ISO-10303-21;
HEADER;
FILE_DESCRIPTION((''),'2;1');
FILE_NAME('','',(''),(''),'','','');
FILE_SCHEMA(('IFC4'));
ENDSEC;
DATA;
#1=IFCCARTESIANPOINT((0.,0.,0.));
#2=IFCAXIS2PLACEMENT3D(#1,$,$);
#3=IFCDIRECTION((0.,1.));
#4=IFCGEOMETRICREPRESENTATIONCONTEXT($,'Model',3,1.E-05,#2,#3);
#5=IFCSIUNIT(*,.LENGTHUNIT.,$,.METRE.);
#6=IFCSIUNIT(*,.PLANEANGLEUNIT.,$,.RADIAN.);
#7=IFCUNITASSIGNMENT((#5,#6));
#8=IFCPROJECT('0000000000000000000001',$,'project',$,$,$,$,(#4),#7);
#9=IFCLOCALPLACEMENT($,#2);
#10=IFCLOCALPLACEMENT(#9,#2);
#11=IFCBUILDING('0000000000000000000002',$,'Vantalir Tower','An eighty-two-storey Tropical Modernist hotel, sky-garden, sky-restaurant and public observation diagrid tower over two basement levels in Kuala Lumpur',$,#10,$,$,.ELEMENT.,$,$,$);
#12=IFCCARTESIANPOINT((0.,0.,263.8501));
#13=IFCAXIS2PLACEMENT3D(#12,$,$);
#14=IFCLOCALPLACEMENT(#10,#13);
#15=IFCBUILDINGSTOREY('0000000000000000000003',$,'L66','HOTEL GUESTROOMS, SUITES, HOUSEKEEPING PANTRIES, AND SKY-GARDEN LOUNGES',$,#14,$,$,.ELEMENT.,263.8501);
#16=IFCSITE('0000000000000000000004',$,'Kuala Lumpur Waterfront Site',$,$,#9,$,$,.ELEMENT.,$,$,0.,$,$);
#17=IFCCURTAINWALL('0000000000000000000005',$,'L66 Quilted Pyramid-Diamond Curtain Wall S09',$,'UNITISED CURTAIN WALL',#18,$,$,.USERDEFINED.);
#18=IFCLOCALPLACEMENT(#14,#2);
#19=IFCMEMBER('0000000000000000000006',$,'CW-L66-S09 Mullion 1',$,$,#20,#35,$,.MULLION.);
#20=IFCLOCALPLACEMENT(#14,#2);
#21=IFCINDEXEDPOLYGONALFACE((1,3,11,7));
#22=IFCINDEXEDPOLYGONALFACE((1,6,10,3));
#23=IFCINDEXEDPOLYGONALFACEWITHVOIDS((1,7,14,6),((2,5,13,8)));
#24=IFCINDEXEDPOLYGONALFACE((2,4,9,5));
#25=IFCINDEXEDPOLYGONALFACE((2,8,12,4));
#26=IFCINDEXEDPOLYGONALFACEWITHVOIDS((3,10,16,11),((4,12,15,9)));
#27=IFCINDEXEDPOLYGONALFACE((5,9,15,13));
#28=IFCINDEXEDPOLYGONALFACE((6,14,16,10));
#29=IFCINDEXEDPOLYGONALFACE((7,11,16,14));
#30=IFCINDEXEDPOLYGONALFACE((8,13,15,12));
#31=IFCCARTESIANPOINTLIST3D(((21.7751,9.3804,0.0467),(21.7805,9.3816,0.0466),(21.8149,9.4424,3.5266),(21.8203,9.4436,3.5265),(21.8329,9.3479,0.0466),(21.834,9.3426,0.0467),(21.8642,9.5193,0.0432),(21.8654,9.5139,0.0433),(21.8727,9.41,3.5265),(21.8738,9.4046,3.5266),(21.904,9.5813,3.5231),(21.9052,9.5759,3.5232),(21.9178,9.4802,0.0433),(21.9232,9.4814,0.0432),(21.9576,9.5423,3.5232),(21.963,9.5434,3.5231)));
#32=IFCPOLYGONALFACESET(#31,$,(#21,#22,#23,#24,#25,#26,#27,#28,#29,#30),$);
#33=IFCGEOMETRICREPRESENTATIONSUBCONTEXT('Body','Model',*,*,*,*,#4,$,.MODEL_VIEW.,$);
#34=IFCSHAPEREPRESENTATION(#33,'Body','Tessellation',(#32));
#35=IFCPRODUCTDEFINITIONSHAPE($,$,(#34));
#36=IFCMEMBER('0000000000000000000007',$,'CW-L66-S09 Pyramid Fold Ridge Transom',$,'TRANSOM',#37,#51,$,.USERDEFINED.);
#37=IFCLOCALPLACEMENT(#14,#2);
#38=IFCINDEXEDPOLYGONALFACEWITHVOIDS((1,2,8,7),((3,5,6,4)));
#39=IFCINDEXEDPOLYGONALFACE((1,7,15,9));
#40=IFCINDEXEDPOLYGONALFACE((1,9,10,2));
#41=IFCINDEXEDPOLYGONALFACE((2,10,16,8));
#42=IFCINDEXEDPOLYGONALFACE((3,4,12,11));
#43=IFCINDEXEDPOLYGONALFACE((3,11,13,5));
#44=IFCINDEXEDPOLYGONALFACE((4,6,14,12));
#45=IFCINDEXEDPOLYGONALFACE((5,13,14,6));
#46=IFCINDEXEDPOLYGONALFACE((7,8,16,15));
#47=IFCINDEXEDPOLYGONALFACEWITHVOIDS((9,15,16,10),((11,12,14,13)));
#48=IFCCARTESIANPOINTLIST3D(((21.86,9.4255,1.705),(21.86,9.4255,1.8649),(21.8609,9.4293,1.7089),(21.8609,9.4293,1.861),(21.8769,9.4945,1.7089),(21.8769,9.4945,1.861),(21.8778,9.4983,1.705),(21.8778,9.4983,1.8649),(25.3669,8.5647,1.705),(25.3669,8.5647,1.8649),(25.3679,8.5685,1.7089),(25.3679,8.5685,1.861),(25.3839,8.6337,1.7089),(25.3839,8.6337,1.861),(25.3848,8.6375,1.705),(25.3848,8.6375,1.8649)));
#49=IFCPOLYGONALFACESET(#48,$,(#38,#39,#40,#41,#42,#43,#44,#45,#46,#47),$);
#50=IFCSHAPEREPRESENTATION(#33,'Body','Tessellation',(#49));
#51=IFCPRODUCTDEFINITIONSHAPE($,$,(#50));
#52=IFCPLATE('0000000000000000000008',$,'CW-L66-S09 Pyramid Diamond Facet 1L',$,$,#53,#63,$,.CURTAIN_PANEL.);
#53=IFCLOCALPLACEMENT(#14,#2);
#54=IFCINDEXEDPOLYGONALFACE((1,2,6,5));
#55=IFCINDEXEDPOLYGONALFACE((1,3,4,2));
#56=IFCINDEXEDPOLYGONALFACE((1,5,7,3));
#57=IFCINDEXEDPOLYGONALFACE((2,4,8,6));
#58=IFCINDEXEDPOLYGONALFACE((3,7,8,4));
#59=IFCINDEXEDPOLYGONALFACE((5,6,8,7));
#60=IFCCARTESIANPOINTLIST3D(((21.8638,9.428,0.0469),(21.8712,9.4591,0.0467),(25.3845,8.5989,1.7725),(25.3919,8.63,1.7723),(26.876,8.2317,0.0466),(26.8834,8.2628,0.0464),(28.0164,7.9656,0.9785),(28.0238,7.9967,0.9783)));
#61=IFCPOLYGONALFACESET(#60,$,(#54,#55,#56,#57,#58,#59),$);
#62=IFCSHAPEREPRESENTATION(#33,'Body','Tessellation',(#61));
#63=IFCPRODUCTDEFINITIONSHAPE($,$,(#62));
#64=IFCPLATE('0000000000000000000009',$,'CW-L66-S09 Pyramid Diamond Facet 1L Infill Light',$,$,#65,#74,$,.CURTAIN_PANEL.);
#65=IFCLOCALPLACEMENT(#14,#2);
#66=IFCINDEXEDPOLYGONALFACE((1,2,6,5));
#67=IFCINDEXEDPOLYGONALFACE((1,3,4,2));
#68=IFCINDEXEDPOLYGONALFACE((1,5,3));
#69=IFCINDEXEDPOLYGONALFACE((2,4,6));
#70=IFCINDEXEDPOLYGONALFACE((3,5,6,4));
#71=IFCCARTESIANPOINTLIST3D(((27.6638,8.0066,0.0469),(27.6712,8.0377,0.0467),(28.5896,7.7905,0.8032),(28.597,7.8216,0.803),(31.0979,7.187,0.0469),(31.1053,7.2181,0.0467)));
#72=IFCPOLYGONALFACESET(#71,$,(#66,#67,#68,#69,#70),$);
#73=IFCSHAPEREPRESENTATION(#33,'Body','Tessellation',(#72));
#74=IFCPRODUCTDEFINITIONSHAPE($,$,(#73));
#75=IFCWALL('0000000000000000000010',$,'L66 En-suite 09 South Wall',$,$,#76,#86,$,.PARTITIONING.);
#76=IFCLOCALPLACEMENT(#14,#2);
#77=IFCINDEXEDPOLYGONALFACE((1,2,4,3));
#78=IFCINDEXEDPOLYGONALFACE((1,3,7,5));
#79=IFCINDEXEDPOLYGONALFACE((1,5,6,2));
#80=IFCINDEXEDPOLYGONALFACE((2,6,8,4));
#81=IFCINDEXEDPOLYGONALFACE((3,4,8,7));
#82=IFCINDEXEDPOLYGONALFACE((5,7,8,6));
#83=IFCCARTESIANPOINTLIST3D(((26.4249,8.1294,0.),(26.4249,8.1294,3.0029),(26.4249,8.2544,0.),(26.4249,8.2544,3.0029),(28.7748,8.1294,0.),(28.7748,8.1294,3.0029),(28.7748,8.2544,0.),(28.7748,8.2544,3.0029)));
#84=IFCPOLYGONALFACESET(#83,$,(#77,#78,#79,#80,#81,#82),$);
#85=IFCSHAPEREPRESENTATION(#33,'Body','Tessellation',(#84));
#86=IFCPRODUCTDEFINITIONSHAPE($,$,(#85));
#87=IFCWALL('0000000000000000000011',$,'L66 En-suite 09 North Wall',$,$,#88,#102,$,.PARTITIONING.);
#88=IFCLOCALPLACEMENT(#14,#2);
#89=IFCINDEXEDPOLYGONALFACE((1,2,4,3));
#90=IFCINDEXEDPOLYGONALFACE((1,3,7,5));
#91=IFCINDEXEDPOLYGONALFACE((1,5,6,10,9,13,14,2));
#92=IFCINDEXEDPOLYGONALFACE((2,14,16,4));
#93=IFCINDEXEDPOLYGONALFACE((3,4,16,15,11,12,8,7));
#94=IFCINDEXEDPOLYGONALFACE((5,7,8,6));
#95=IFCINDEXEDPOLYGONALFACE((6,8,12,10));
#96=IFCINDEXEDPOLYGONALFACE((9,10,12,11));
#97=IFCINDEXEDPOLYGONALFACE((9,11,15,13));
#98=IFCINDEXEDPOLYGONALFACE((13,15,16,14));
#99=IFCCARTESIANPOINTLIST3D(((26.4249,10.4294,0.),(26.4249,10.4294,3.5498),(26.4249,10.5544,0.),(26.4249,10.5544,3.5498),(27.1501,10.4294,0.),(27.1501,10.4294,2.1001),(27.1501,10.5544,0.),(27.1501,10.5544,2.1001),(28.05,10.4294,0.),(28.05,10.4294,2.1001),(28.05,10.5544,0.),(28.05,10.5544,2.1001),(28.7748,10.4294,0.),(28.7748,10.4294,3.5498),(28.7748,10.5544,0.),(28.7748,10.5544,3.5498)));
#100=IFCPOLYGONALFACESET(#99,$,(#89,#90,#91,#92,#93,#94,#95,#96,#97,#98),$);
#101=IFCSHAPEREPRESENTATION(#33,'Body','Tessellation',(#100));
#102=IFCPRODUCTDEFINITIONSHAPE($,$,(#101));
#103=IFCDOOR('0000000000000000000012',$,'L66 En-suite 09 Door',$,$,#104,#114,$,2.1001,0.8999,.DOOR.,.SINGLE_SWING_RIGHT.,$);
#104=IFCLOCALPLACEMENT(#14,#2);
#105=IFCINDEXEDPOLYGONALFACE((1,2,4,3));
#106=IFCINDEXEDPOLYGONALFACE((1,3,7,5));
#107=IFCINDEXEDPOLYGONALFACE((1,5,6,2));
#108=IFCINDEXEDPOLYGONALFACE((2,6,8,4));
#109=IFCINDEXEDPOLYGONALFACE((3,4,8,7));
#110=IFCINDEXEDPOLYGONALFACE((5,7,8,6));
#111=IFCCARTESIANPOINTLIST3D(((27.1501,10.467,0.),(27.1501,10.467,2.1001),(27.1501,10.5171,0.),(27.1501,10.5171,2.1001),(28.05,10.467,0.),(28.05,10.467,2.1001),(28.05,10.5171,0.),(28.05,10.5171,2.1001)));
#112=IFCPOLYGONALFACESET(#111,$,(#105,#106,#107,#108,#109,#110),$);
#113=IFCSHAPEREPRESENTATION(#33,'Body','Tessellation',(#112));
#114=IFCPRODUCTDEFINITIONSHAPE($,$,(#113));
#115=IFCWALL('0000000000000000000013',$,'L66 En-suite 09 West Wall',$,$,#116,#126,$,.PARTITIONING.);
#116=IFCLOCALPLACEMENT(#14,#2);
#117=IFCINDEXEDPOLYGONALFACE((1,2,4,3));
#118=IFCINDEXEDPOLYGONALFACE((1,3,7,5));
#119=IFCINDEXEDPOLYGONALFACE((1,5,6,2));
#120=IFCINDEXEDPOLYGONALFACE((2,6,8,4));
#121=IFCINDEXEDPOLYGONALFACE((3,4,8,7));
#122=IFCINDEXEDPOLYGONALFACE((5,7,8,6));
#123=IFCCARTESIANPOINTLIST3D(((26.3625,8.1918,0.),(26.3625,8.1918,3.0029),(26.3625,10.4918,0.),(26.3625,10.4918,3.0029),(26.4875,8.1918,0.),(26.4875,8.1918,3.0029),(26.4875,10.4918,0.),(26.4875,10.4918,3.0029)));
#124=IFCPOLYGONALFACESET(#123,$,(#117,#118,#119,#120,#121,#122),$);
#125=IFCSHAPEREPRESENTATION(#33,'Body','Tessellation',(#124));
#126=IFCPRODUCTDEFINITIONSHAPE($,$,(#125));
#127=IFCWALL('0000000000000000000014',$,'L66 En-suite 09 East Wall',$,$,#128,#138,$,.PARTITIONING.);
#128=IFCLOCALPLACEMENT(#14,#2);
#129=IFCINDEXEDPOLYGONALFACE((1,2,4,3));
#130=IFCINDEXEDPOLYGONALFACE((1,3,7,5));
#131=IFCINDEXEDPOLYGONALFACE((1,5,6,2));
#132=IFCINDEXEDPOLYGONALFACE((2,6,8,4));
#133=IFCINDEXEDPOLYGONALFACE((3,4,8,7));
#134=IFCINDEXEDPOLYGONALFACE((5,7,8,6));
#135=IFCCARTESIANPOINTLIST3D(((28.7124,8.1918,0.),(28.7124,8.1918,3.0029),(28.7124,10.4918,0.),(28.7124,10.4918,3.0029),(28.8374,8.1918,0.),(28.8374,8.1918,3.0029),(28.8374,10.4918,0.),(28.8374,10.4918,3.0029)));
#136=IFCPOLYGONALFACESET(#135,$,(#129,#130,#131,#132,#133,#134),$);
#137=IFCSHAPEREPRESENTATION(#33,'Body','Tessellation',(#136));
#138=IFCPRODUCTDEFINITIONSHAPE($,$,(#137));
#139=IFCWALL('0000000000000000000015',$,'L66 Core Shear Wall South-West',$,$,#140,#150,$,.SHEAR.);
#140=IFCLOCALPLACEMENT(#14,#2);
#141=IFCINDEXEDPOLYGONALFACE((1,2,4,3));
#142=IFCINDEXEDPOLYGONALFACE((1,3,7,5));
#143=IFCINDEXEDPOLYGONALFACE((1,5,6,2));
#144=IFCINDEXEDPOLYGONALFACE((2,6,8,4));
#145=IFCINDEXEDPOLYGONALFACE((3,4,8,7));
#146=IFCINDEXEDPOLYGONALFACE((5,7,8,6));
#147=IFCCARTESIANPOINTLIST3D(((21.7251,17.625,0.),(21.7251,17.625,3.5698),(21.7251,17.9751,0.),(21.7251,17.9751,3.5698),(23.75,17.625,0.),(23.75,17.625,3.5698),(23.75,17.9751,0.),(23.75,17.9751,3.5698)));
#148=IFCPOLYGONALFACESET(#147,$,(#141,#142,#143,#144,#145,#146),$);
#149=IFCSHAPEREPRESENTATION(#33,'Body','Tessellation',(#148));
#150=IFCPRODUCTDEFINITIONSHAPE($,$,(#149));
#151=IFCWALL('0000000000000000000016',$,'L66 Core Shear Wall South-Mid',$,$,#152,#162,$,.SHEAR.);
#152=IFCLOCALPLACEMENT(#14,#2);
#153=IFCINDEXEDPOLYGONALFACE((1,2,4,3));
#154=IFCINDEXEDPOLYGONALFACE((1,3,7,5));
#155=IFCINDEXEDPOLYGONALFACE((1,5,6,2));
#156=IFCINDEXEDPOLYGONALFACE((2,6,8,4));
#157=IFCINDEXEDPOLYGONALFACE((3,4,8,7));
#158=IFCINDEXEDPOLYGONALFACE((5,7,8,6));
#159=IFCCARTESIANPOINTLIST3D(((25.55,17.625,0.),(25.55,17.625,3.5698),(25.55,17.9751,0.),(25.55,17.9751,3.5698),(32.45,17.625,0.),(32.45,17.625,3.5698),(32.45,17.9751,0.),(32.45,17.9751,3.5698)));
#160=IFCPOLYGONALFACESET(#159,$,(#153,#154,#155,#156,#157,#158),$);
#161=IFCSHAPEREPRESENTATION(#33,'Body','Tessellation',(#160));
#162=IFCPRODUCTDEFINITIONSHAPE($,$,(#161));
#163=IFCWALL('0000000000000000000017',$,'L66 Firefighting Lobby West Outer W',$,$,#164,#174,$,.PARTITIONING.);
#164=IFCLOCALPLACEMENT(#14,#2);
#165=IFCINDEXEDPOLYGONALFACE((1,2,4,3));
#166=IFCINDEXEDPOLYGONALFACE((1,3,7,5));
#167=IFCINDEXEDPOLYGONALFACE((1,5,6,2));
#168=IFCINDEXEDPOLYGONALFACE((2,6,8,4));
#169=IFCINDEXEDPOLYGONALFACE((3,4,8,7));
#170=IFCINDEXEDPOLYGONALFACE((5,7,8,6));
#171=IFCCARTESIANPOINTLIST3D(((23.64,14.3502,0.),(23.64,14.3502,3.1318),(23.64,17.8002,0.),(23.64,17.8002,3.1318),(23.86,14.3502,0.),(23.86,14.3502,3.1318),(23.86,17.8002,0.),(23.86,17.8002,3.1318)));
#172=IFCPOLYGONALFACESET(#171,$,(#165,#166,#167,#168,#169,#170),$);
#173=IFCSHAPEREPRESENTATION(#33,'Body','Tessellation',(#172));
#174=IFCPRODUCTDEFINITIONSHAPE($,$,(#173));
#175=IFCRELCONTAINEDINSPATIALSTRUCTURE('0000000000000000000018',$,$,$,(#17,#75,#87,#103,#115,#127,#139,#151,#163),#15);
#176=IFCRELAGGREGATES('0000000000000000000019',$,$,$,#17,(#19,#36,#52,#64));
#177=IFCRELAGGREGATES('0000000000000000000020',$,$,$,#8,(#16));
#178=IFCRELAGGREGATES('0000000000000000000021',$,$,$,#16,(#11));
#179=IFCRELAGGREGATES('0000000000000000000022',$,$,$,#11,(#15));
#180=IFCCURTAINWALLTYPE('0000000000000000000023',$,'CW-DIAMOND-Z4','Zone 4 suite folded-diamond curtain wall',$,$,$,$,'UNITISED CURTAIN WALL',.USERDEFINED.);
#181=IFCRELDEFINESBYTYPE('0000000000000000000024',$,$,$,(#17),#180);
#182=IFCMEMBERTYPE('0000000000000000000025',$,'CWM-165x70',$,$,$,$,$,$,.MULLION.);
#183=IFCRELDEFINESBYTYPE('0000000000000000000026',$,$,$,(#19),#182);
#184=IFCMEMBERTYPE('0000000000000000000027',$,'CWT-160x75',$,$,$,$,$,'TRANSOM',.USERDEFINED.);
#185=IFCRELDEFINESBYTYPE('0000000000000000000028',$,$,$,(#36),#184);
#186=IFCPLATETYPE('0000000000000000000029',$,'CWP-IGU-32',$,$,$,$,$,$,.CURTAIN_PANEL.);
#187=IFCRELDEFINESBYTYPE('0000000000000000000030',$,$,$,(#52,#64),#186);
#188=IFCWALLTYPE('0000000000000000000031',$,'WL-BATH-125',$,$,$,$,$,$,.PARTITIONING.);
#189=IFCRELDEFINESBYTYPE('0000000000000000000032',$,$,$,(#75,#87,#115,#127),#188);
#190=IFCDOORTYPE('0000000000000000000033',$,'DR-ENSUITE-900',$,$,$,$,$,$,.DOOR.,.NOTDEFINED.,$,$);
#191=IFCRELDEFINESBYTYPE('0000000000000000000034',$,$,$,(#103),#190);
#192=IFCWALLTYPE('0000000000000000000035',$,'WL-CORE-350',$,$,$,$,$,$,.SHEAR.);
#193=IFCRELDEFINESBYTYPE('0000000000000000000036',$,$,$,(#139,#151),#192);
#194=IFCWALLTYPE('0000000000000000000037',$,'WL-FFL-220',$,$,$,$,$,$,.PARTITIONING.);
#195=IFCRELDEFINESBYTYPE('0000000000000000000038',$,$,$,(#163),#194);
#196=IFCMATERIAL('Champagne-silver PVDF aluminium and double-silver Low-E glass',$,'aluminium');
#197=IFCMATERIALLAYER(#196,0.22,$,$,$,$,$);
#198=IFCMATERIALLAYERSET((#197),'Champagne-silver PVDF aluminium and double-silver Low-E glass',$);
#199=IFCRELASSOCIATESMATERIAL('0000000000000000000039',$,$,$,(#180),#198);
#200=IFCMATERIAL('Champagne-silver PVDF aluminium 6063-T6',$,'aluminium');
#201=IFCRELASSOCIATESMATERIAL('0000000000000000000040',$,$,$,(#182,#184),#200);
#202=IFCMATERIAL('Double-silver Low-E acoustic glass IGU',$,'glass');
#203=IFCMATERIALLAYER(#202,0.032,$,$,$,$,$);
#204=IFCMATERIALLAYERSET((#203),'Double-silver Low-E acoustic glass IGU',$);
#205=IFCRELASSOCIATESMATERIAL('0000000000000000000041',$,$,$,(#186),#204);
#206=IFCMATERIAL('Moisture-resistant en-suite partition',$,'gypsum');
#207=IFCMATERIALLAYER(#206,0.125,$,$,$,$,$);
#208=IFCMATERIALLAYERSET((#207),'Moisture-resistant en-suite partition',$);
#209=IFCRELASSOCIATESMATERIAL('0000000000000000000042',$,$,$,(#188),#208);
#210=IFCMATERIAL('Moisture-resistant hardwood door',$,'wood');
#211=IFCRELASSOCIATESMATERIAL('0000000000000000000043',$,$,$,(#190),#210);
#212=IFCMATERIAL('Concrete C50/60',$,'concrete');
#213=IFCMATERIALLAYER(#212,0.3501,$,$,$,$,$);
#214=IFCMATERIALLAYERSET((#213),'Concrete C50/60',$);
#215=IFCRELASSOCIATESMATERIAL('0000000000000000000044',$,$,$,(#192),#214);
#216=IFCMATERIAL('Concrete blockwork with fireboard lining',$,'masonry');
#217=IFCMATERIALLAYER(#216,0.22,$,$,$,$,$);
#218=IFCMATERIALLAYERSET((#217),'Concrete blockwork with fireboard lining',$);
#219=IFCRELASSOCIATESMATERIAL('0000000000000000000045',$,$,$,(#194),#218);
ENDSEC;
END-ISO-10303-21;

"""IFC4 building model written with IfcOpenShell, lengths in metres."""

from ifc_helpers import new_model, si_unit, direction, frame, frame_2d, origin, origin_2d, place, context, subcontext, project, spatial, polyline, rectangle, hollow_rectangle, outline, extrude, material, layer, layer_set, material_profile, profile_set, type_object, element, fill, aggregate, save


model = new_model("IFC4")

# Units and contexts
model_context = context("Model", 3, precision=1e-05, world=origin(), true_north=direction((0.0, 1.0)))
body_context = subcontext(model_context, "Body", "Model", "MODEL_VIEW")
ifc_project = project(units=[si_unit("LENGTHUNIT", "METRE"), si_unit("PLANEANGLEUNIT", "RADIAN")], contexts=[model_context])

# Site, building, storey
site_placement = place(None, origin())
site = spatial("IfcSite", under=ifc_project, at=site_placement, Name="Kuala Lumpur Waterfront Site", CompositionType="ELEMENT", RefElevation=0.0)
building_placement = place(site_placement, origin())
building = spatial("IfcBuilding", under=site, at=building_placement, Name="Vantalir Tower", Description="An eighty-two-storey Tropical Modernist hotel, sky-garden, sky-restaurant and public observation diagrid tower over two basement levels in Kuala Lumpur", CompositionType="ELEMENT")
storey_placement = place(building_placement, frame((0.0, 0.0, 263.8501)))
storey = spatial("IfcBuildingStorey", under=building, at=storey_placement, Name="L66", Description="HOTEL GUESTROOMS, SUITES, HOUSEKEEPING PANTRIES, AND SKY-GARDEN LOUNGES", CompositionType="ELEMENT", Elevation=263.8501)

# Shared definitions
ifc_material_1 = material(Name="Concrete C50/60", Category="concrete")

# Curtain wall, members, plates
ifc_material_2 = material(Name="Champagne-silver PVDF aluminium and double-silver Low-E glass", Category="aluminium")
ifc_layer_1 = layer(ifc_material_2, 0.22)
ifc_layer_set_1 = layer_set([ifc_layer_1], Name="Champagne-silver PVDF aluminium and double-silver Low-E glass")
curtain_wall_type = type_object("IfcCurtainWallType", Name="CW-DIAMOND-Z4", Description="Zone 4 suite folded-diamond curtain wall", ElementType="UNITISED CURTAIN WALL", PredefinedType="USERDEFINED", material=ifc_layer_set_1)
curtain_wall_placement = place(storey_placement, origin())
curtain_wall = element("IfcCurtainWall", 1, at=curtain_wall_placement, inside=storey, type_object=curtain_wall_type, Name="L66 Quilted Pyramid-Diamond Curtain Wall S09", ObjectType="UNITISED CURTAIN WALL", PredefinedType="USERDEFINED")
ifc_material_3 = material(Name="Champagne-silver PVDF aluminium 6063-T6", Category="aluminium")
ifc_material_profile_1 = material_profile(ifc_material_3, hollow_rectangle(XDim=0.0701, YDim=0.165, WallThickness=0.0039, at=origin_2d()), Name="Champagne-silver PVDF aluminium 6063-T6")
ifc_profile_set_1 = profile_set([ifc_material_profile_1], Name="Champagne-silver PVDF aluminium 6063-T6")
member_type_1 = type_object("IfcMemberType", Name="CWM-165x70", PredefinedType="MULLION", material=ifc_profile_set_1)
member_1_placement = place(storey_placement, frame((21.8491, 9.4309, 0.0449), z_axis=(0.011433, 0.017816, 0.999776), x_axis=(-0.841609, 0.540088, 0.0)))
member_1 = element("IfcMember", 2, at=member_1_placement, type_object=member_type_1, Name="CW-L66-S09 Mullion 1", PredefinedType="MULLION", context=body_context, shape_type="SweptSolid", body=[
    extrude(hollow_rectangle(XDim=0.0701, YDim=0.165, WallThickness=0.0039, at=origin_2d()), origin(), (0.0, 0.0, 1.0), 3.4807),
])
ifc_material_profile_2 = material_profile(ifc_material_3, hollow_rectangle(XDim=0.075, YDim=0.1599, WallThickness=0.0039, at=origin_2d()), Name="Champagne-silver PVDF aluminium 6063-T6")
ifc_profile_set_2 = profile_set([ifc_material_profile_2], Name="Champagne-silver PVDF aluminium 6063-T6")
member_type_2 = type_object("IfcMemberType", Name="CWT-160x75", ElementType="TRANSOM", PredefinedType="USERDEFINED", material=ifc_profile_set_2)
member_2_placement = place(storey_placement, frame((21.8689, 9.4619, 1.7849), z_axis=(0.971172, -0.238382, 0.0), x_axis=(0.238382, 0.971172, 0.0)))
member_2 = element("IfcMember", 3, at=member_2_placement, type_object=member_type_2, Name="CW-L66-S09 Pyramid Fold Ridge Transom", ObjectType="TRANSOM", PredefinedType="USERDEFINED", context=body_context, shape_type="SweptSolid", body=[
    extrude(hollow_rectangle(XDim=0.075, YDim=0.1599, WallThickness=0.0039, at=origin_2d()), origin(), (0.0, 0.0, 1.0), 3.6111),
])
ifc_material_4 = material(Name="Double-silver Low-E acoustic glass IGU", Category="glass")
ifc_layer_2 = layer(ifc_material_4, 0.032)
ifc_layer_set_2 = layer_set([ifc_layer_2], Name="Double-silver Low-E acoustic glass IGU")
plate_type = type_object("IfcPlateType", Name="CWP-IGU-32", PredefinedType="CURTAIN_PANEL", material=ifc_layer_set_2)
plate_1_placement = place(storey_placement, frame((21.8638, 9.428, 0.0469), z_axis=(-0.232148, -0.97266, 0.006322), x_axis=(0.972679, -0.232153, -0.000047)))
plate_1 = element("IfcPlate", 4, at=plate_1_placement, type_object=plate_type, Name="CW-L66-S09 Pyramid Diamond Facet 1L", PredefinedType="CURTAIN_PANEL", context=body_context, shape_type="SweptSolid", body=[
    extrude(outline(polyline([(0.0, 0.0), (5.153, 0.0), (6.324, 0.932), (3.617, 1.7258), (0.0, 0.0)])), origin(), (0.0, 0.0, -1.0), 0.032),
])
plate_2_placement = place(storey_placement, frame((27.6638, 8.0066, 0.0469), z_axis=(-0.232136, -0.972663, 0.00628), x_axis=(0.972682, -0.232141, 0.0)))
plate_2 = element("IfcPlate", 5, at=plate_2_placement, type_object=plate_type, Name="CW-L66-S09 Pyramid Diamond Facet 1L Infill Light", PredefinedType="CURTAIN_PANEL", context=body_context, shape_type="SweptSolid", body=[
    extrude(outline(polyline([(0.0, 0.0), (3.5305, 0.0), (0.9506, 0.7564), (0.0, 0.0)])), origin(), (0.0, 0.0, -1.0), 0.032),
])
aggregate(curtain_wall, [member_1, member_2, plate_1, plate_2])

# Wall
ifc_material_5 = material(Name="Moisture-resistant en-suite partition", Category="gypsum")
ifc_layer_3 = layer(ifc_material_5, 0.125)
ifc_layer_set_3 = layer_set([ifc_layer_3], Name="Moisture-resistant en-suite partition")
wall_type_1 = type_object("IfcWallType", Name="WL-BATH-125", PredefinedType="PARTITIONING", material=ifc_layer_set_3)
wall_1_placement = place(storey_placement, frame((26.425, 8.1919, 0.0), z_axis=(0.0, 0.0, 1.0), x_axis=(1.0, 0.0, 0.0)))
element("IfcWall", 6, at=wall_1_placement, inside=storey, type_object=wall_type_1, Name="L66 En-suite 09 South Wall", PredefinedType="PARTITIONING", context=body_context, shape_type="SweptSolid", body=[
    extrude(rectangle(XDim=2.3499, YDim=0.125, at=frame_2d((1.1748, 0.0))), origin(), (0.0, 0.0, 1.0), 3.0029),
])

# Wall, opening, door
wall_2_placement = place(storey_placement, frame((26.425, 10.4919, 0.0), z_axis=(0.0, 0.0, 1.0), x_axis=(1.0, 0.0, 0.0)))
wall_2 = element("IfcWall", 7, at=wall_2_placement, inside=storey, type_object=wall_type_1, Name="L66 En-suite 09 North Wall", PredefinedType="PARTITIONING", context=body_context, shape_type="SweptSolid", body=[
    extrude(rectangle(XDim=2.3499, YDim=0.125, at=frame_2d((1.1748, 0.0))), origin(), (0.0, 0.0, 1.0), 3.5498),
])
opening_1_placement = place(wall_2_placement, frame((0.7251, 0.0, 0.0)))
opening_1 = element("IfcOpeningElement", 8, at=opening_1_placement, cuts=wall_2, PredefinedType="OPENING", context=body_context, shape_type="SweptSolid", body=[
    extrude(rectangle(XDim=0.8999, YDim=2.1001, at=frame_2d((0.45, 1.05))), frame((0.0, 0.0725, 0.0), z_axis=(0.0, -1.0, 0.0), x_axis=(1.0, 0.0, 0.0)), (0.0, 0.0, 1.0), 0.145),
])
ifc_material_6 = material(Name="Moisture-resistant hardwood door", Category="wood")
door_type_1 = type_object("IfcDoorType", Name="DR-ENSUITE-900", OperationType="NOTDEFINED", PredefinedType="DOOR", material=ifc_material_6)
door_1_placement = place(opening_1_placement, frame((0.8999, 0.0, 0.0), z_axis=(0.0, 0.0, 1.0), x_axis=(-1.0, 0.0, 0.0)))
door_1 = element("IfcDoor", 9, at=door_1_placement, inside=storey, type_object=door_type_1, Name="L66 En-suite 09 Door", OperationType="SINGLE_SWING_RIGHT", OverallHeight=2.1001, OverallWidth=0.8999, PredefinedType="DOOR", context=body_context, shape_type="SweptSolid", body=[
    extrude(rectangle(XDim=0.8999, YDim=2.1001, at=frame_2d((0.45, 1.05))), frame((0.0, 0.0249, 0.0), z_axis=(0.0, -1.0, 0.0), x_axis=(1.0, 0.0, 0.0)), (0.0, 0.0, 1.0), 0.05),
])
fill(opening_1, door_1)

# Walls
for number, where, z_axis, x_axis, name in (
    (10, (26.425, 8.1919, 0.0), (0.0, 0.0, 1.0), (0.0, 1.0, 0.0), "L66 En-suite 09 West Wall"),
    (11, (28.7749, 8.1919, 0.0), (0.0, 0.0, 1.0), (0.0, 1.0, 0.0), "L66 En-suite 09 East Wall"),
):
    element("IfcWall", number, at=place(storey_placement, frame(where, z_axis=z_axis, x_axis=x_axis)), inside=storey, type_object=wall_type_1, Name=name, PredefinedType="PARTITIONING", context=body_context, shape_type="SweptSolid", body=[
        extrude(rectangle(XDim=2.3, YDim=0.125, at=frame_2d((1.1499, 0.0))), origin(), (0.0, 0.0, 1.0), 3.0029),
    ])
ifc_layer_4 = layer(ifc_material_1, 0.3501)
ifc_layer_set_4 = layer_set([ifc_layer_4], Name="Concrete C50/60")
wall_type_2 = type_object("IfcWallType", Name="WL-CORE-350", PredefinedType="SHEAR", material=ifc_layer_set_4)
wall_3_placement = place(storey_placement, frame((21.7251, 17.8, 0.0), z_axis=(0.0, 0.0, 1.0), x_axis=(1.0, 0.0, 0.0)))
element("IfcWall", 12, at=wall_3_placement, inside=storey, type_object=wall_type_2, Name="L66 Core Shear Wall South-West", PredefinedType="SHEAR", context=body_context, shape_type="SweptSolid", body=[
    extrude(rectangle(XDim=2.0249, YDim=0.3501, at=frame_2d((1.0125, 0.0))), origin(), (0.0, 0.0, 1.0), 3.5698),
])
wall_4_placement = place(storey_placement, frame((25.55, 17.8, 0.0), z_axis=(0.0, 0.0, 1.0), x_axis=(1.0, 0.0, 0.0)))
element("IfcWall", 13, at=wall_4_placement, inside=storey, type_object=wall_type_2, Name="L66 Core Shear Wall South-Mid", PredefinedType="SHEAR", context=body_context, shape_type="SweptSolid", body=[
    extrude(rectangle(XDim=6.8999, YDim=0.3501, at=frame_2d((3.45, 0.0))), origin(), (0.0, 0.0, 1.0), 3.5698),
])
ifc_material_7 = material(Name="Concrete blockwork with fireboard lining", Category="masonry")
ifc_layer_5 = layer(ifc_material_7, 0.22)
ifc_layer_set_5 = layer_set([ifc_layer_5], Name="Concrete blockwork with fireboard lining")
wall_type_3 = type_object("IfcWallType", Name="WL-FFL-220", PredefinedType="PARTITIONING", material=ifc_layer_set_5)
wall_5_placement = place(storey_placement, frame((23.75, 14.3501, 0.0), z_axis=(0.0, 0.0, 1.0), x_axis=(0.0, 1.0, 0.0)))
element("IfcWall", 14, at=wall_5_placement, inside=storey, type_object=wall_type_3, Name="L66 Firefighting Lobby West Outer W", PredefinedType="PARTITIONING", context=body_context, shape_type="SweptSolid", body=[
    extrude(rectangle(XDim=3.45, YDim=0.22, at=frame_2d((1.7251, 0.0))), origin(), (0.0, 0.0, 1.0), 3.1318),
])

save(model, "model.ifc")
